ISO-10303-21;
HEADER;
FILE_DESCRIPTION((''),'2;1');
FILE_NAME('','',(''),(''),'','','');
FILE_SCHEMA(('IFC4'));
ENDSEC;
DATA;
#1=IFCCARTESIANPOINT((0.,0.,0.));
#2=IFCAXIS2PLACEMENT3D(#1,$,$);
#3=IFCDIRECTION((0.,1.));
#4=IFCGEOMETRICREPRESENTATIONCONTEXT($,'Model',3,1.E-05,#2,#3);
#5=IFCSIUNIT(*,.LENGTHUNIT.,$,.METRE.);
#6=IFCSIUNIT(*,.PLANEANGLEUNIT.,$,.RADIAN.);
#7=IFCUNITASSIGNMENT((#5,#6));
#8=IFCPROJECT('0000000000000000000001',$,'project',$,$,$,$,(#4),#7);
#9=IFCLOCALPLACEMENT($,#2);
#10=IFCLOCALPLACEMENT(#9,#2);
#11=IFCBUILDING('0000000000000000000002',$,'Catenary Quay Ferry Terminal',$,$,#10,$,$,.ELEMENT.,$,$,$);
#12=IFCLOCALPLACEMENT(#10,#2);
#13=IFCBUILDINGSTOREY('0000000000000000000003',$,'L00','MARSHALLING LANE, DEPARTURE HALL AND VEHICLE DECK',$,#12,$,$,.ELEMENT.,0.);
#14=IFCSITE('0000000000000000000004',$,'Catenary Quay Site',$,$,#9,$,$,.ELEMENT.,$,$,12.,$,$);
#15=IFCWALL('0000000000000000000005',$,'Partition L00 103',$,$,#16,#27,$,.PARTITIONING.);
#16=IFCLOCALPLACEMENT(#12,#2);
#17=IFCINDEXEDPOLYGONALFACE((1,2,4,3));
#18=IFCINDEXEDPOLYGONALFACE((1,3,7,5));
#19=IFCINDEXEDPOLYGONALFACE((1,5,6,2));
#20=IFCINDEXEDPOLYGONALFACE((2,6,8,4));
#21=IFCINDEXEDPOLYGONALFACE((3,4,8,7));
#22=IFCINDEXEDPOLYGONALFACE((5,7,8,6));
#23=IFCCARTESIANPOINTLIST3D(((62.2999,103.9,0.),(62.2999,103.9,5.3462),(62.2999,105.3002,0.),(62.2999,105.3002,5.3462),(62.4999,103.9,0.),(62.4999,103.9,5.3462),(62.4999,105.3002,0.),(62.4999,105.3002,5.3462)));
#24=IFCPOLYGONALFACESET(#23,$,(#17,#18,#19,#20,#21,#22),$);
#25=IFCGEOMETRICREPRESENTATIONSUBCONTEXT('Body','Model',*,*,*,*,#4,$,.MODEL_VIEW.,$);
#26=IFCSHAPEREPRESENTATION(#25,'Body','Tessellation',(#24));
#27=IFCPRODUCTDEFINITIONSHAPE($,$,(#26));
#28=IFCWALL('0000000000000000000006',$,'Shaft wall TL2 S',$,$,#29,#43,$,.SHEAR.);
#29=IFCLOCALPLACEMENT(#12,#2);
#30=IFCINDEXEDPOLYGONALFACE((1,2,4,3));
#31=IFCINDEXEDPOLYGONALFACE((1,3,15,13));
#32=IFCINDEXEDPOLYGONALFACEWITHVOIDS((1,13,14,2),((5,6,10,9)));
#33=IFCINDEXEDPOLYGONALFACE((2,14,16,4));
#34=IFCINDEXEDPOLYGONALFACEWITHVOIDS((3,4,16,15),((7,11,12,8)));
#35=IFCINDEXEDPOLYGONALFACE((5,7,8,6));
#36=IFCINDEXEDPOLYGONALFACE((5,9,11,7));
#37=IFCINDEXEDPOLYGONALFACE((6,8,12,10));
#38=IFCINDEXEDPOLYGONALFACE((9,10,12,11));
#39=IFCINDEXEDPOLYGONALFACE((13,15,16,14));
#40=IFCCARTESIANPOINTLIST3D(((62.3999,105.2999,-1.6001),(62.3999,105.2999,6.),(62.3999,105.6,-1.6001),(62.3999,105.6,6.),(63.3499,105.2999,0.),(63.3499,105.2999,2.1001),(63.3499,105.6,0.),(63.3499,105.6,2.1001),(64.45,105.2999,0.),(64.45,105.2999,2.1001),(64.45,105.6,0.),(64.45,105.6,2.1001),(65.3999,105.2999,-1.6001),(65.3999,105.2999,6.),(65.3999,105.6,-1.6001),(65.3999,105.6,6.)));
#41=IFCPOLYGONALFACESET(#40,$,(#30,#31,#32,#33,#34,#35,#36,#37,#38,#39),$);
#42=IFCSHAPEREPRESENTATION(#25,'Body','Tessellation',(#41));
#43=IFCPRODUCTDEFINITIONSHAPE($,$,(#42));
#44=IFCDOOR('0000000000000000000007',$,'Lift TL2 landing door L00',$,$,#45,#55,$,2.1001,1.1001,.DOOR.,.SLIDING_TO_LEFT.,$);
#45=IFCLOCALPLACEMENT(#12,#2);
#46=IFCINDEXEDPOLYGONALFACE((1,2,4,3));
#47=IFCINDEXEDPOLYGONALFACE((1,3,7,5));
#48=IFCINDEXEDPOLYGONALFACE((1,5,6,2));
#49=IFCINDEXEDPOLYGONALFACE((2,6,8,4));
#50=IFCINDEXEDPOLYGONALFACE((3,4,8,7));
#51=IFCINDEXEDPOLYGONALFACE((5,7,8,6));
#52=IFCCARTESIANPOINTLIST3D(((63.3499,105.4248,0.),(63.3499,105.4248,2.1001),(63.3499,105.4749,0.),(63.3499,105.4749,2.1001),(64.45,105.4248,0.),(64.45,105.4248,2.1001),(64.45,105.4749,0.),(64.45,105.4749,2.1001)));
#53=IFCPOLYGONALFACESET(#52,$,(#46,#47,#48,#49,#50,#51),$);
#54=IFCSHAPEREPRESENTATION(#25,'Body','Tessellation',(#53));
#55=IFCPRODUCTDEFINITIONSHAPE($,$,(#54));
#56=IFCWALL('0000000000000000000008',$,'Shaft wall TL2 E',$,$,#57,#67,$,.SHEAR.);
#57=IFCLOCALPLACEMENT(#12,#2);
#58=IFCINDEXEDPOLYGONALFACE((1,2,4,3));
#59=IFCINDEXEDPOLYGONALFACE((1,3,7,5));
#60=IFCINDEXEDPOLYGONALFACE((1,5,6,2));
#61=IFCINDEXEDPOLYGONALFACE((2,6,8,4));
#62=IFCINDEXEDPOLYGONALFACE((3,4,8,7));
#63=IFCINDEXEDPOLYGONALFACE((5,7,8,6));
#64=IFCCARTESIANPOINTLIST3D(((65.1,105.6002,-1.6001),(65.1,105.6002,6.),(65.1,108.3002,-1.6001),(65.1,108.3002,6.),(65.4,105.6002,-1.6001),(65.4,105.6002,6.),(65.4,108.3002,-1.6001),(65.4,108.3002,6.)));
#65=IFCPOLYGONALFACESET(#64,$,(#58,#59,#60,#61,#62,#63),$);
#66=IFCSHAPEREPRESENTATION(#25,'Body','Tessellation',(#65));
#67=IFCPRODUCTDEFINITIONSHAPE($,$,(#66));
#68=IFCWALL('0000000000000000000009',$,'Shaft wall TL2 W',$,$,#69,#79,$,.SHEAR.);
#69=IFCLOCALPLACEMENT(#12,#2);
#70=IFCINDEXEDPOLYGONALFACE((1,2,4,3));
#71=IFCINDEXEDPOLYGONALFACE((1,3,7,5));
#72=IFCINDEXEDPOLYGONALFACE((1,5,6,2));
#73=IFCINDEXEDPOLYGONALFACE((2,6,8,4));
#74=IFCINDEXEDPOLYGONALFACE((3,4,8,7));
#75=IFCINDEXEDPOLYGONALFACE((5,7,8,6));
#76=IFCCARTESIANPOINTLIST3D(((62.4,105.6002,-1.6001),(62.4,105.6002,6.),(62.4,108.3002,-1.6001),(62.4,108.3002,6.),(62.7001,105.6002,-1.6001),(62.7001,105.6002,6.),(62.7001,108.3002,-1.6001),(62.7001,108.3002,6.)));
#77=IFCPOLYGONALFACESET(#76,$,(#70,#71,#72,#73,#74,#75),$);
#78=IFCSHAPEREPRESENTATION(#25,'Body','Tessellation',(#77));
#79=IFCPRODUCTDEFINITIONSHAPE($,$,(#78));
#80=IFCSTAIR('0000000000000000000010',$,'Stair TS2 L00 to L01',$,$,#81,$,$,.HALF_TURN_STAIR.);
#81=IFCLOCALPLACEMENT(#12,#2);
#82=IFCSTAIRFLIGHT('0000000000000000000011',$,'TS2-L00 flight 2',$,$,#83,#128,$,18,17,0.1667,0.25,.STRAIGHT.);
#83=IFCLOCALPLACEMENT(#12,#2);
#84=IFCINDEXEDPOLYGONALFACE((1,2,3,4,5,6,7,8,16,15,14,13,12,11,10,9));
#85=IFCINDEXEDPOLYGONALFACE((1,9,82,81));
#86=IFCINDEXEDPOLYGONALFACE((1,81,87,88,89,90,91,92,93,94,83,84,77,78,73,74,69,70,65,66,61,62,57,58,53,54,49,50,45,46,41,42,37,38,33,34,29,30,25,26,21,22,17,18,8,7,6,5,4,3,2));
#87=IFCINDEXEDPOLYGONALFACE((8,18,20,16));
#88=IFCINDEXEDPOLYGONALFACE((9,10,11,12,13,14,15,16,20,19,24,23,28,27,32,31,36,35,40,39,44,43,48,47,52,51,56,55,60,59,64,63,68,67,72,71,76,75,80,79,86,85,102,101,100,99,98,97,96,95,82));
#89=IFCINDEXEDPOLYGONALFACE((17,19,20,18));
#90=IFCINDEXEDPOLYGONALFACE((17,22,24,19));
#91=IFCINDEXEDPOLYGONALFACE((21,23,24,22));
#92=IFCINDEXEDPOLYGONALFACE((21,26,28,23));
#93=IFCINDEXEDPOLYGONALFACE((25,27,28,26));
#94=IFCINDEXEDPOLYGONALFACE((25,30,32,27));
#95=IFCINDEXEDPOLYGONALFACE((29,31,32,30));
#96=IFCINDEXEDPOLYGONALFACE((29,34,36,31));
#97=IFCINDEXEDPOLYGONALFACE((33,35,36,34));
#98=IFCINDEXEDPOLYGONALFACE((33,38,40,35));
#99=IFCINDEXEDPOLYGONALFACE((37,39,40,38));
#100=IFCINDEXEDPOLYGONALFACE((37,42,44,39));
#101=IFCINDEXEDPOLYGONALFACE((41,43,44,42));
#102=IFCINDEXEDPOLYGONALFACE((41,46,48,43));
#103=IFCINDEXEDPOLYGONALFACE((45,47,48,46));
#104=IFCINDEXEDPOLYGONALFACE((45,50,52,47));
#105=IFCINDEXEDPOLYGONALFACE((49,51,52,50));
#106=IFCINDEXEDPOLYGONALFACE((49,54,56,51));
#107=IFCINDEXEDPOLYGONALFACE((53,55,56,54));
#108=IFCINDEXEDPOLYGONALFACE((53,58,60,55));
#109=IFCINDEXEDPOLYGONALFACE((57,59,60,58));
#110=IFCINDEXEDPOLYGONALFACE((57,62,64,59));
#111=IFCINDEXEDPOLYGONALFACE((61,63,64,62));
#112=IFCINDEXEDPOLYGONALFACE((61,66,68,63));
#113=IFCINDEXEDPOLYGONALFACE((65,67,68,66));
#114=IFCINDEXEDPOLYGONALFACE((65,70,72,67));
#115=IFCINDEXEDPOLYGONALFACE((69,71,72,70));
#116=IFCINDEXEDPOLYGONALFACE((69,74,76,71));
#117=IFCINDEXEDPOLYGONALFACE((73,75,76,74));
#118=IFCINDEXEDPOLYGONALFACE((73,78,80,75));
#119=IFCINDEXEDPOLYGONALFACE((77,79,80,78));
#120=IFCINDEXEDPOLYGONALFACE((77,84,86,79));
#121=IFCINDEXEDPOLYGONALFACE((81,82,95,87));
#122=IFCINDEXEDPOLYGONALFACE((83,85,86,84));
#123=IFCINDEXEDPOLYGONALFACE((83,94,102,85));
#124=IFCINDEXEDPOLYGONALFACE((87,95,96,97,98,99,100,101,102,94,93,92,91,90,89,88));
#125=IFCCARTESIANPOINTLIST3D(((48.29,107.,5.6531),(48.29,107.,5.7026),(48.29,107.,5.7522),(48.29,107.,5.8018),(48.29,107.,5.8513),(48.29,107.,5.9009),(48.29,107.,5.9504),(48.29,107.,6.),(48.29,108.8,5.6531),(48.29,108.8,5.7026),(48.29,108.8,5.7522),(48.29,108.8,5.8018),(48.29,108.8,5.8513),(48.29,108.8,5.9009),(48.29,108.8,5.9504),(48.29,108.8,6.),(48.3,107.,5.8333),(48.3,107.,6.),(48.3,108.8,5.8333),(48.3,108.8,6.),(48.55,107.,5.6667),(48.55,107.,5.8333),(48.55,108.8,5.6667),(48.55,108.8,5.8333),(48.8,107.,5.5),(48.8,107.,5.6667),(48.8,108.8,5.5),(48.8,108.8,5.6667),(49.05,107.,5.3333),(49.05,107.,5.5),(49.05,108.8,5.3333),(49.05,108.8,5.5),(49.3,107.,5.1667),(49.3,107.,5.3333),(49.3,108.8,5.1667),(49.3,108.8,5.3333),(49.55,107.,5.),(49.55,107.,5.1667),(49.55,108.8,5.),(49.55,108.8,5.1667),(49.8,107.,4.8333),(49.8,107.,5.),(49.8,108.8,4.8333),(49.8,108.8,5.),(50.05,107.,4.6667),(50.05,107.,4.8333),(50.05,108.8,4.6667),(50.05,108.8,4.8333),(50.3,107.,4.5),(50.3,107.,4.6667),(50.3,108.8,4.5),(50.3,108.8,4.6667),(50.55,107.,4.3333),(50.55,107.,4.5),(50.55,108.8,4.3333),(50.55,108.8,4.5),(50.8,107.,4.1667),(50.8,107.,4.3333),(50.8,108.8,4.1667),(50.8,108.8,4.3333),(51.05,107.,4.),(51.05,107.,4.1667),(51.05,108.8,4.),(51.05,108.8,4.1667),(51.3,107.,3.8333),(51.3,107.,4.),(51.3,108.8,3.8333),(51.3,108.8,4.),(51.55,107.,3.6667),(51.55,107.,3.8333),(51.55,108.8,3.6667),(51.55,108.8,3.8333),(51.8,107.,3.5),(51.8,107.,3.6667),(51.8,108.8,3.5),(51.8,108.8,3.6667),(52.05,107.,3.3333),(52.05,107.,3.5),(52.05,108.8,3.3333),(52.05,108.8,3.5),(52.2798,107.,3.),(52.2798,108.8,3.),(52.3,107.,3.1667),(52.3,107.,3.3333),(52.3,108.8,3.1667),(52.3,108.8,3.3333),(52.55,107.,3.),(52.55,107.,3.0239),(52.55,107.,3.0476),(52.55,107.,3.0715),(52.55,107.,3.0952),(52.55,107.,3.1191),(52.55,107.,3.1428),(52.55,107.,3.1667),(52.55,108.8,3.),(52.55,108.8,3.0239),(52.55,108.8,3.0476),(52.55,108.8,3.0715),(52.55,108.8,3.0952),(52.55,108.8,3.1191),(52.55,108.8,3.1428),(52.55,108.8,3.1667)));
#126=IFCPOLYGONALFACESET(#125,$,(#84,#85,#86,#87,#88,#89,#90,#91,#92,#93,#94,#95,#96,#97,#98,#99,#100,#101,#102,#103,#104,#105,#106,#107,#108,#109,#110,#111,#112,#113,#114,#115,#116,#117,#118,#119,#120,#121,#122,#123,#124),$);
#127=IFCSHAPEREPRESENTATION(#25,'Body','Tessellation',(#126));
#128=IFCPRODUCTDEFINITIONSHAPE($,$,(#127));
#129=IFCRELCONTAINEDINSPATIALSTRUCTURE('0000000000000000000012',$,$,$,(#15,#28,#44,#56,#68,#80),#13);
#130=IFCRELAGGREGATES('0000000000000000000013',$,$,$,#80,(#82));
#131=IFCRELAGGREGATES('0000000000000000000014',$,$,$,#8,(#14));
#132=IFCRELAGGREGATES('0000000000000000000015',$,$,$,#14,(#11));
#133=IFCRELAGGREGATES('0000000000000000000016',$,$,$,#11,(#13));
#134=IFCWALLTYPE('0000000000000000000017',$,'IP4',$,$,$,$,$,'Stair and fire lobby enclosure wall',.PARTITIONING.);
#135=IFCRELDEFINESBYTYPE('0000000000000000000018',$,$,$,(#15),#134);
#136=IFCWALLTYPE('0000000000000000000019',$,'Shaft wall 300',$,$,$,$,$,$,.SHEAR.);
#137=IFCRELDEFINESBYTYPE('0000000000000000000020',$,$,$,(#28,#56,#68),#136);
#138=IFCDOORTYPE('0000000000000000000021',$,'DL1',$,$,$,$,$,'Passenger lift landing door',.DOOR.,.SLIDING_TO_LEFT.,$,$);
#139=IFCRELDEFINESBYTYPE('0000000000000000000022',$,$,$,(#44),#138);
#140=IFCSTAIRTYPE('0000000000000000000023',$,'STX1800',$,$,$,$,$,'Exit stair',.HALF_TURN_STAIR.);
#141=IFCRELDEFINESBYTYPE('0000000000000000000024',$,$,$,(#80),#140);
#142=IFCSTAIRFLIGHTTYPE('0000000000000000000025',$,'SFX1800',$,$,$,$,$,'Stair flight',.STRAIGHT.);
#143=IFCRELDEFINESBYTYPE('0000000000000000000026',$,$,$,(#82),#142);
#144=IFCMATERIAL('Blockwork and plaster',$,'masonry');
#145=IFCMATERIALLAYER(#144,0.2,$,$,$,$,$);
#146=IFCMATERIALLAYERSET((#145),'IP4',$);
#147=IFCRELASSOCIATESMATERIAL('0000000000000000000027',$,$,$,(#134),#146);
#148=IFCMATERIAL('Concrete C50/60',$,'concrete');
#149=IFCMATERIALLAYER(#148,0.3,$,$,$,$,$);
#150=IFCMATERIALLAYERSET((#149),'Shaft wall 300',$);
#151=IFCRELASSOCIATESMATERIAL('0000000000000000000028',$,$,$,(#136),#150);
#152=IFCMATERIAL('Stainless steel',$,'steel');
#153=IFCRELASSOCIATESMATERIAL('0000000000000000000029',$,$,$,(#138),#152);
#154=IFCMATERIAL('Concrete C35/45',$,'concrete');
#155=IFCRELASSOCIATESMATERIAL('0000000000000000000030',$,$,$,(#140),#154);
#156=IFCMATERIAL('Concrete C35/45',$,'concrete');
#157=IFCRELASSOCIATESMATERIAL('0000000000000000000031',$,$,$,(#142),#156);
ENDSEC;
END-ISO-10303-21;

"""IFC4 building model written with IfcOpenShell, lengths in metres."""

from ifc_helpers import new_model, si_unit, direction, frame, frame_2d, origin, place, context, subcontext, project, spatial, polyline, rectangle, outline, extrude, material, layer, layer_set, type_object, element, fill, aggregate, save


model = new_model("IFC4")

# Units and contexts
model_context = context("Model", 3, precision=1e-05, world=origin(), true_north=direction((0.0, 1.0)))
body_context = subcontext(model_context, "Body", "Model", "MODEL_VIEW")
ifc_project = project(units=[si_unit("LENGTHUNIT", "METRE"), si_unit("PLANEANGLEUNIT", "RADIAN")], contexts=[model_context])

# Site, building, storey
site_placement = place(None, origin())
site = spatial("IfcSite", under=ifc_project, at=site_placement, Name="Catenary Quay Site", CompositionType="ELEMENT", RefElevation=12.0)
building_placement = place(site_placement, origin())
building = spatial("IfcBuilding", under=site, at=building_placement, Name="Catenary Quay Ferry Terminal", CompositionType="ELEMENT")
storey_placement = place(building_placement, origin())
storey = spatial("IfcBuildingStorey", under=building, at=storey_placement, Name="L00", Description="MARSHALLING LANE, DEPARTURE HALL AND VEHICLE DECK", CompositionType="ELEMENT", Elevation=0.0)

# Wall
ifc_material_1 = material(Name="Blockwork and plaster", Category="masonry")
ifc_layer_1 = layer(ifc_material_1, 0.2)
ifc_layer_set_1 = layer_set([ifc_layer_1], Name="IP4")
wall_type_1 = type_object("IfcWallType", Name="IP4", ElementType="Stair and fire lobby enclosure wall", PredefinedType="PARTITIONING", material=ifc_layer_set_1)
wall_1_placement = place(storey_placement, frame((62.3999, 103.8999, 0.0), z_axis=(0.0, 0.0, 1.0), x_axis=(0.0, 1.0, 0.0)))
element("IfcWall", 1, at=wall_1_placement, inside=storey, type_object=wall_type_1, Name="Partition L00 103", PredefinedType="PARTITIONING", context=body_context, shape_type="SweptSolid", body=[
    extrude(rectangle(XDim=1.4001, YDim=0.2, at=frame_2d((0.7002, 0.0))), origin(), (0.0, 0.0, 1.0), 5.3462),
])

# Wall, opening, door
ifc_material_2 = material(Name="Concrete C50/60", Category="concrete")
ifc_layer_2 = layer(ifc_material_2, 0.3)
ifc_layer_set_2 = layer_set([ifc_layer_2], Name="Shaft wall 300")
wall_type_2 = type_object("IfcWallType", Name="Shaft wall 300", PredefinedType="SHEAR", material=ifc_layer_set_2)
wall_2_placement = place(storey_placement, frame((62.3999, 105.45, -1.6001), z_axis=(0.0, 0.0, 1.0), x_axis=(1.0, 0.0, 0.0)))
wall_2 = element("IfcWall", 2, at=wall_2_placement, inside=storey, type_object=wall_type_2, Name="Shaft wall TL2 S", PredefinedType="SHEAR", context=body_context, shape_type="SweptSolid", body=[
    extrude(rectangle(XDim=3.0, YDim=0.3, at=frame_2d((1.5, 0.0))), origin(), (0.0, 0.0, 1.0), 7.6001),
])
opening_1_placement = place(wall_2_placement, frame((0.95, 0.0, 1.6001)))
opening_1 = element("IfcOpeningElement", 3, at=opening_1_placement, cuts=wall_2, PredefinedType="OPENING", context=body_context, shape_type="SweptSolid", body=[
    extrude(rectangle(XDim=1.1001, YDim=2.1001, at=frame_2d((0.55, 1.05))), frame((0.0, 0.1599, 0.0), z_axis=(0.0, -1.0, 0.0), x_axis=(1.0, 0.0, 0.0)), (0.0, 0.0, 1.0), 0.3201),
])
ifc_material_3 = material(Name="Stainless steel", Category="steel")
door_type_1 = type_object("IfcDoorType", Name="DL1", ElementType="Passenger lift landing door", OperationType="SLIDING_TO_LEFT", PredefinedType="DOOR", material=ifc_material_3)
door_1_placement = place(opening_1_placement, origin())
door_1 = element("IfcDoor", 4, at=door_1_placement, inside=storey, type_object=door_type_1, Name="Lift TL2 landing door L00", OperationType="SLIDING_TO_LEFT", OverallHeight=2.1001, OverallWidth=1.1001, PredefinedType="DOOR", context=body_context, shape_type="SweptSolid", body=[
    extrude(rectangle(XDim=1.1001, YDim=2.1001, at=frame_2d((0.55, 1.05))), frame((0.0, 0.0249, 0.0), z_axis=(0.0, -1.0, 0.0), x_axis=(1.0, 0.0, 0.0)), (0.0, 0.0, 1.0), 0.05),
])
fill(opening_1, door_1)

# Walls
for number, where, z_axis, x_axis, name in (
    (5, (65.25, 105.6001, -1.6001), (0.0, 0.0, 1.0), (0.0, 1.0, 0.0), "Shaft wall TL2 E"),
    (6, (62.55, 105.6001, -1.6001), (0.0, 0.0, 1.0), (0.0, 1.0, 0.0), "Shaft wall TL2 W"),
):
    element("IfcWall", number, at=place(storey_placement, frame(where, z_axis=z_axis, x_axis=x_axis)), inside=storey, type_object=wall_type_2, Name=name, PredefinedType="SHEAR", context=body_context, shape_type="SweptSolid", body=[
        extrude(rectangle(XDim=2.7, YDim=0.3, at=frame_2d((1.3501, 0.0))), origin(), (0.0, 0.0, 1.0), 7.6001),
    ])

# Stair, stair flight
ifc_material_4 = material(Name="Concrete C35/45", Category="concrete")
stair_type = type_object("IfcStairType", Name="STX1800", ElementType="Exit stair", PredefinedType="HALF_TURN_STAIR", material=ifc_material_4)
stair_1_placement = place(storey_placement, origin())
stair_1 = element("IfcStair", 7, at=stair_1_placement, inside=storey, type_object=stair_type, Name="Stair TS2 L00 to L01", PredefinedType="HALF_TURN_STAIR")
ifc_material_5 = material(Name="Concrete C35/45", Category="concrete")
stair_flight_type = type_object("IfcStairFlightType", Name="SFX1800", ElementType="Stair flight", PredefinedType="STRAIGHT", material=ifc_material_5)
stair_flight_1_placement = place(storey_placement, frame((52.55, 107.8999, 3.0), z_axis=(0.0, 0.0, 1.0), x_axis=(-1.0, 0.0, 0.0)))
stair_flight_1 = element("IfcStairFlight", 8, at=stair_flight_1_placement, type_object=stair_flight_type, Name="TS2-L00 flight 2", NumberOfRisers=18, NumberOfTreads=17, PredefinedType="STRAIGHT", RiserHeight=0.1667, TreadLength=0.25, context=body_context, shape_type="SweptSolid", body=[
    extrude(outline(polyline([(0.0, 0.0), (0.0, 0.0239), (0.0, 0.0476), (0.0, 0.0715), (0.0, 0.0952), (0.0, 0.1191), (0.0, 0.1428), (0.0, 0.1667), (0.25, 0.1667), (0.25, 0.3333), (0.5, 0.3333), (0.5, 0.5), (0.75, 0.5), (0.75, 0.6667), (1.0, 0.6667), (1.0, 0.8333), (1.25, 0.8333), (1.25, 1.0), (1.5, 1.0), (1.5, 1.1667), (1.75, 1.1667), (1.75, 1.3333), (2.0, 1.3333), (2.0, 1.5), (2.25, 1.5), (2.25, 1.6667), (2.5, 1.6667), (2.5, 1.8333), (2.75, 1.8333), (2.75, 2.0), (3.0, 2.0), (3.0, 2.1667), (3.25, 2.1667), (3.25, 2.3333), (3.5, 2.3333), (3.5, 2.5), (3.75, 2.5), (3.75, 2.6667), (4.0, 2.6667), (4.0, 2.8333), (4.25, 2.8333), (4.25, 3.0), (4.26, 3.0), (4.26, 2.9504), (4.26, 2.9009), (4.26, 2.8513), (4.26, 2.8018), (4.26, 2.7522), (4.26, 2.7026), (4.26, 2.6531), (0.2703, 0.0), (0.0, 0.0)])), frame((0.0, 0.8999, 0.0), z_axis=(0.0, -1.0, 0.0), x_axis=(1.0, 0.0, 0.0)), (0.0, 0.0, 1.0), 1.8),
])
aggregate(stair_1, [stair_flight_1])

save(model, "model.ifc")
